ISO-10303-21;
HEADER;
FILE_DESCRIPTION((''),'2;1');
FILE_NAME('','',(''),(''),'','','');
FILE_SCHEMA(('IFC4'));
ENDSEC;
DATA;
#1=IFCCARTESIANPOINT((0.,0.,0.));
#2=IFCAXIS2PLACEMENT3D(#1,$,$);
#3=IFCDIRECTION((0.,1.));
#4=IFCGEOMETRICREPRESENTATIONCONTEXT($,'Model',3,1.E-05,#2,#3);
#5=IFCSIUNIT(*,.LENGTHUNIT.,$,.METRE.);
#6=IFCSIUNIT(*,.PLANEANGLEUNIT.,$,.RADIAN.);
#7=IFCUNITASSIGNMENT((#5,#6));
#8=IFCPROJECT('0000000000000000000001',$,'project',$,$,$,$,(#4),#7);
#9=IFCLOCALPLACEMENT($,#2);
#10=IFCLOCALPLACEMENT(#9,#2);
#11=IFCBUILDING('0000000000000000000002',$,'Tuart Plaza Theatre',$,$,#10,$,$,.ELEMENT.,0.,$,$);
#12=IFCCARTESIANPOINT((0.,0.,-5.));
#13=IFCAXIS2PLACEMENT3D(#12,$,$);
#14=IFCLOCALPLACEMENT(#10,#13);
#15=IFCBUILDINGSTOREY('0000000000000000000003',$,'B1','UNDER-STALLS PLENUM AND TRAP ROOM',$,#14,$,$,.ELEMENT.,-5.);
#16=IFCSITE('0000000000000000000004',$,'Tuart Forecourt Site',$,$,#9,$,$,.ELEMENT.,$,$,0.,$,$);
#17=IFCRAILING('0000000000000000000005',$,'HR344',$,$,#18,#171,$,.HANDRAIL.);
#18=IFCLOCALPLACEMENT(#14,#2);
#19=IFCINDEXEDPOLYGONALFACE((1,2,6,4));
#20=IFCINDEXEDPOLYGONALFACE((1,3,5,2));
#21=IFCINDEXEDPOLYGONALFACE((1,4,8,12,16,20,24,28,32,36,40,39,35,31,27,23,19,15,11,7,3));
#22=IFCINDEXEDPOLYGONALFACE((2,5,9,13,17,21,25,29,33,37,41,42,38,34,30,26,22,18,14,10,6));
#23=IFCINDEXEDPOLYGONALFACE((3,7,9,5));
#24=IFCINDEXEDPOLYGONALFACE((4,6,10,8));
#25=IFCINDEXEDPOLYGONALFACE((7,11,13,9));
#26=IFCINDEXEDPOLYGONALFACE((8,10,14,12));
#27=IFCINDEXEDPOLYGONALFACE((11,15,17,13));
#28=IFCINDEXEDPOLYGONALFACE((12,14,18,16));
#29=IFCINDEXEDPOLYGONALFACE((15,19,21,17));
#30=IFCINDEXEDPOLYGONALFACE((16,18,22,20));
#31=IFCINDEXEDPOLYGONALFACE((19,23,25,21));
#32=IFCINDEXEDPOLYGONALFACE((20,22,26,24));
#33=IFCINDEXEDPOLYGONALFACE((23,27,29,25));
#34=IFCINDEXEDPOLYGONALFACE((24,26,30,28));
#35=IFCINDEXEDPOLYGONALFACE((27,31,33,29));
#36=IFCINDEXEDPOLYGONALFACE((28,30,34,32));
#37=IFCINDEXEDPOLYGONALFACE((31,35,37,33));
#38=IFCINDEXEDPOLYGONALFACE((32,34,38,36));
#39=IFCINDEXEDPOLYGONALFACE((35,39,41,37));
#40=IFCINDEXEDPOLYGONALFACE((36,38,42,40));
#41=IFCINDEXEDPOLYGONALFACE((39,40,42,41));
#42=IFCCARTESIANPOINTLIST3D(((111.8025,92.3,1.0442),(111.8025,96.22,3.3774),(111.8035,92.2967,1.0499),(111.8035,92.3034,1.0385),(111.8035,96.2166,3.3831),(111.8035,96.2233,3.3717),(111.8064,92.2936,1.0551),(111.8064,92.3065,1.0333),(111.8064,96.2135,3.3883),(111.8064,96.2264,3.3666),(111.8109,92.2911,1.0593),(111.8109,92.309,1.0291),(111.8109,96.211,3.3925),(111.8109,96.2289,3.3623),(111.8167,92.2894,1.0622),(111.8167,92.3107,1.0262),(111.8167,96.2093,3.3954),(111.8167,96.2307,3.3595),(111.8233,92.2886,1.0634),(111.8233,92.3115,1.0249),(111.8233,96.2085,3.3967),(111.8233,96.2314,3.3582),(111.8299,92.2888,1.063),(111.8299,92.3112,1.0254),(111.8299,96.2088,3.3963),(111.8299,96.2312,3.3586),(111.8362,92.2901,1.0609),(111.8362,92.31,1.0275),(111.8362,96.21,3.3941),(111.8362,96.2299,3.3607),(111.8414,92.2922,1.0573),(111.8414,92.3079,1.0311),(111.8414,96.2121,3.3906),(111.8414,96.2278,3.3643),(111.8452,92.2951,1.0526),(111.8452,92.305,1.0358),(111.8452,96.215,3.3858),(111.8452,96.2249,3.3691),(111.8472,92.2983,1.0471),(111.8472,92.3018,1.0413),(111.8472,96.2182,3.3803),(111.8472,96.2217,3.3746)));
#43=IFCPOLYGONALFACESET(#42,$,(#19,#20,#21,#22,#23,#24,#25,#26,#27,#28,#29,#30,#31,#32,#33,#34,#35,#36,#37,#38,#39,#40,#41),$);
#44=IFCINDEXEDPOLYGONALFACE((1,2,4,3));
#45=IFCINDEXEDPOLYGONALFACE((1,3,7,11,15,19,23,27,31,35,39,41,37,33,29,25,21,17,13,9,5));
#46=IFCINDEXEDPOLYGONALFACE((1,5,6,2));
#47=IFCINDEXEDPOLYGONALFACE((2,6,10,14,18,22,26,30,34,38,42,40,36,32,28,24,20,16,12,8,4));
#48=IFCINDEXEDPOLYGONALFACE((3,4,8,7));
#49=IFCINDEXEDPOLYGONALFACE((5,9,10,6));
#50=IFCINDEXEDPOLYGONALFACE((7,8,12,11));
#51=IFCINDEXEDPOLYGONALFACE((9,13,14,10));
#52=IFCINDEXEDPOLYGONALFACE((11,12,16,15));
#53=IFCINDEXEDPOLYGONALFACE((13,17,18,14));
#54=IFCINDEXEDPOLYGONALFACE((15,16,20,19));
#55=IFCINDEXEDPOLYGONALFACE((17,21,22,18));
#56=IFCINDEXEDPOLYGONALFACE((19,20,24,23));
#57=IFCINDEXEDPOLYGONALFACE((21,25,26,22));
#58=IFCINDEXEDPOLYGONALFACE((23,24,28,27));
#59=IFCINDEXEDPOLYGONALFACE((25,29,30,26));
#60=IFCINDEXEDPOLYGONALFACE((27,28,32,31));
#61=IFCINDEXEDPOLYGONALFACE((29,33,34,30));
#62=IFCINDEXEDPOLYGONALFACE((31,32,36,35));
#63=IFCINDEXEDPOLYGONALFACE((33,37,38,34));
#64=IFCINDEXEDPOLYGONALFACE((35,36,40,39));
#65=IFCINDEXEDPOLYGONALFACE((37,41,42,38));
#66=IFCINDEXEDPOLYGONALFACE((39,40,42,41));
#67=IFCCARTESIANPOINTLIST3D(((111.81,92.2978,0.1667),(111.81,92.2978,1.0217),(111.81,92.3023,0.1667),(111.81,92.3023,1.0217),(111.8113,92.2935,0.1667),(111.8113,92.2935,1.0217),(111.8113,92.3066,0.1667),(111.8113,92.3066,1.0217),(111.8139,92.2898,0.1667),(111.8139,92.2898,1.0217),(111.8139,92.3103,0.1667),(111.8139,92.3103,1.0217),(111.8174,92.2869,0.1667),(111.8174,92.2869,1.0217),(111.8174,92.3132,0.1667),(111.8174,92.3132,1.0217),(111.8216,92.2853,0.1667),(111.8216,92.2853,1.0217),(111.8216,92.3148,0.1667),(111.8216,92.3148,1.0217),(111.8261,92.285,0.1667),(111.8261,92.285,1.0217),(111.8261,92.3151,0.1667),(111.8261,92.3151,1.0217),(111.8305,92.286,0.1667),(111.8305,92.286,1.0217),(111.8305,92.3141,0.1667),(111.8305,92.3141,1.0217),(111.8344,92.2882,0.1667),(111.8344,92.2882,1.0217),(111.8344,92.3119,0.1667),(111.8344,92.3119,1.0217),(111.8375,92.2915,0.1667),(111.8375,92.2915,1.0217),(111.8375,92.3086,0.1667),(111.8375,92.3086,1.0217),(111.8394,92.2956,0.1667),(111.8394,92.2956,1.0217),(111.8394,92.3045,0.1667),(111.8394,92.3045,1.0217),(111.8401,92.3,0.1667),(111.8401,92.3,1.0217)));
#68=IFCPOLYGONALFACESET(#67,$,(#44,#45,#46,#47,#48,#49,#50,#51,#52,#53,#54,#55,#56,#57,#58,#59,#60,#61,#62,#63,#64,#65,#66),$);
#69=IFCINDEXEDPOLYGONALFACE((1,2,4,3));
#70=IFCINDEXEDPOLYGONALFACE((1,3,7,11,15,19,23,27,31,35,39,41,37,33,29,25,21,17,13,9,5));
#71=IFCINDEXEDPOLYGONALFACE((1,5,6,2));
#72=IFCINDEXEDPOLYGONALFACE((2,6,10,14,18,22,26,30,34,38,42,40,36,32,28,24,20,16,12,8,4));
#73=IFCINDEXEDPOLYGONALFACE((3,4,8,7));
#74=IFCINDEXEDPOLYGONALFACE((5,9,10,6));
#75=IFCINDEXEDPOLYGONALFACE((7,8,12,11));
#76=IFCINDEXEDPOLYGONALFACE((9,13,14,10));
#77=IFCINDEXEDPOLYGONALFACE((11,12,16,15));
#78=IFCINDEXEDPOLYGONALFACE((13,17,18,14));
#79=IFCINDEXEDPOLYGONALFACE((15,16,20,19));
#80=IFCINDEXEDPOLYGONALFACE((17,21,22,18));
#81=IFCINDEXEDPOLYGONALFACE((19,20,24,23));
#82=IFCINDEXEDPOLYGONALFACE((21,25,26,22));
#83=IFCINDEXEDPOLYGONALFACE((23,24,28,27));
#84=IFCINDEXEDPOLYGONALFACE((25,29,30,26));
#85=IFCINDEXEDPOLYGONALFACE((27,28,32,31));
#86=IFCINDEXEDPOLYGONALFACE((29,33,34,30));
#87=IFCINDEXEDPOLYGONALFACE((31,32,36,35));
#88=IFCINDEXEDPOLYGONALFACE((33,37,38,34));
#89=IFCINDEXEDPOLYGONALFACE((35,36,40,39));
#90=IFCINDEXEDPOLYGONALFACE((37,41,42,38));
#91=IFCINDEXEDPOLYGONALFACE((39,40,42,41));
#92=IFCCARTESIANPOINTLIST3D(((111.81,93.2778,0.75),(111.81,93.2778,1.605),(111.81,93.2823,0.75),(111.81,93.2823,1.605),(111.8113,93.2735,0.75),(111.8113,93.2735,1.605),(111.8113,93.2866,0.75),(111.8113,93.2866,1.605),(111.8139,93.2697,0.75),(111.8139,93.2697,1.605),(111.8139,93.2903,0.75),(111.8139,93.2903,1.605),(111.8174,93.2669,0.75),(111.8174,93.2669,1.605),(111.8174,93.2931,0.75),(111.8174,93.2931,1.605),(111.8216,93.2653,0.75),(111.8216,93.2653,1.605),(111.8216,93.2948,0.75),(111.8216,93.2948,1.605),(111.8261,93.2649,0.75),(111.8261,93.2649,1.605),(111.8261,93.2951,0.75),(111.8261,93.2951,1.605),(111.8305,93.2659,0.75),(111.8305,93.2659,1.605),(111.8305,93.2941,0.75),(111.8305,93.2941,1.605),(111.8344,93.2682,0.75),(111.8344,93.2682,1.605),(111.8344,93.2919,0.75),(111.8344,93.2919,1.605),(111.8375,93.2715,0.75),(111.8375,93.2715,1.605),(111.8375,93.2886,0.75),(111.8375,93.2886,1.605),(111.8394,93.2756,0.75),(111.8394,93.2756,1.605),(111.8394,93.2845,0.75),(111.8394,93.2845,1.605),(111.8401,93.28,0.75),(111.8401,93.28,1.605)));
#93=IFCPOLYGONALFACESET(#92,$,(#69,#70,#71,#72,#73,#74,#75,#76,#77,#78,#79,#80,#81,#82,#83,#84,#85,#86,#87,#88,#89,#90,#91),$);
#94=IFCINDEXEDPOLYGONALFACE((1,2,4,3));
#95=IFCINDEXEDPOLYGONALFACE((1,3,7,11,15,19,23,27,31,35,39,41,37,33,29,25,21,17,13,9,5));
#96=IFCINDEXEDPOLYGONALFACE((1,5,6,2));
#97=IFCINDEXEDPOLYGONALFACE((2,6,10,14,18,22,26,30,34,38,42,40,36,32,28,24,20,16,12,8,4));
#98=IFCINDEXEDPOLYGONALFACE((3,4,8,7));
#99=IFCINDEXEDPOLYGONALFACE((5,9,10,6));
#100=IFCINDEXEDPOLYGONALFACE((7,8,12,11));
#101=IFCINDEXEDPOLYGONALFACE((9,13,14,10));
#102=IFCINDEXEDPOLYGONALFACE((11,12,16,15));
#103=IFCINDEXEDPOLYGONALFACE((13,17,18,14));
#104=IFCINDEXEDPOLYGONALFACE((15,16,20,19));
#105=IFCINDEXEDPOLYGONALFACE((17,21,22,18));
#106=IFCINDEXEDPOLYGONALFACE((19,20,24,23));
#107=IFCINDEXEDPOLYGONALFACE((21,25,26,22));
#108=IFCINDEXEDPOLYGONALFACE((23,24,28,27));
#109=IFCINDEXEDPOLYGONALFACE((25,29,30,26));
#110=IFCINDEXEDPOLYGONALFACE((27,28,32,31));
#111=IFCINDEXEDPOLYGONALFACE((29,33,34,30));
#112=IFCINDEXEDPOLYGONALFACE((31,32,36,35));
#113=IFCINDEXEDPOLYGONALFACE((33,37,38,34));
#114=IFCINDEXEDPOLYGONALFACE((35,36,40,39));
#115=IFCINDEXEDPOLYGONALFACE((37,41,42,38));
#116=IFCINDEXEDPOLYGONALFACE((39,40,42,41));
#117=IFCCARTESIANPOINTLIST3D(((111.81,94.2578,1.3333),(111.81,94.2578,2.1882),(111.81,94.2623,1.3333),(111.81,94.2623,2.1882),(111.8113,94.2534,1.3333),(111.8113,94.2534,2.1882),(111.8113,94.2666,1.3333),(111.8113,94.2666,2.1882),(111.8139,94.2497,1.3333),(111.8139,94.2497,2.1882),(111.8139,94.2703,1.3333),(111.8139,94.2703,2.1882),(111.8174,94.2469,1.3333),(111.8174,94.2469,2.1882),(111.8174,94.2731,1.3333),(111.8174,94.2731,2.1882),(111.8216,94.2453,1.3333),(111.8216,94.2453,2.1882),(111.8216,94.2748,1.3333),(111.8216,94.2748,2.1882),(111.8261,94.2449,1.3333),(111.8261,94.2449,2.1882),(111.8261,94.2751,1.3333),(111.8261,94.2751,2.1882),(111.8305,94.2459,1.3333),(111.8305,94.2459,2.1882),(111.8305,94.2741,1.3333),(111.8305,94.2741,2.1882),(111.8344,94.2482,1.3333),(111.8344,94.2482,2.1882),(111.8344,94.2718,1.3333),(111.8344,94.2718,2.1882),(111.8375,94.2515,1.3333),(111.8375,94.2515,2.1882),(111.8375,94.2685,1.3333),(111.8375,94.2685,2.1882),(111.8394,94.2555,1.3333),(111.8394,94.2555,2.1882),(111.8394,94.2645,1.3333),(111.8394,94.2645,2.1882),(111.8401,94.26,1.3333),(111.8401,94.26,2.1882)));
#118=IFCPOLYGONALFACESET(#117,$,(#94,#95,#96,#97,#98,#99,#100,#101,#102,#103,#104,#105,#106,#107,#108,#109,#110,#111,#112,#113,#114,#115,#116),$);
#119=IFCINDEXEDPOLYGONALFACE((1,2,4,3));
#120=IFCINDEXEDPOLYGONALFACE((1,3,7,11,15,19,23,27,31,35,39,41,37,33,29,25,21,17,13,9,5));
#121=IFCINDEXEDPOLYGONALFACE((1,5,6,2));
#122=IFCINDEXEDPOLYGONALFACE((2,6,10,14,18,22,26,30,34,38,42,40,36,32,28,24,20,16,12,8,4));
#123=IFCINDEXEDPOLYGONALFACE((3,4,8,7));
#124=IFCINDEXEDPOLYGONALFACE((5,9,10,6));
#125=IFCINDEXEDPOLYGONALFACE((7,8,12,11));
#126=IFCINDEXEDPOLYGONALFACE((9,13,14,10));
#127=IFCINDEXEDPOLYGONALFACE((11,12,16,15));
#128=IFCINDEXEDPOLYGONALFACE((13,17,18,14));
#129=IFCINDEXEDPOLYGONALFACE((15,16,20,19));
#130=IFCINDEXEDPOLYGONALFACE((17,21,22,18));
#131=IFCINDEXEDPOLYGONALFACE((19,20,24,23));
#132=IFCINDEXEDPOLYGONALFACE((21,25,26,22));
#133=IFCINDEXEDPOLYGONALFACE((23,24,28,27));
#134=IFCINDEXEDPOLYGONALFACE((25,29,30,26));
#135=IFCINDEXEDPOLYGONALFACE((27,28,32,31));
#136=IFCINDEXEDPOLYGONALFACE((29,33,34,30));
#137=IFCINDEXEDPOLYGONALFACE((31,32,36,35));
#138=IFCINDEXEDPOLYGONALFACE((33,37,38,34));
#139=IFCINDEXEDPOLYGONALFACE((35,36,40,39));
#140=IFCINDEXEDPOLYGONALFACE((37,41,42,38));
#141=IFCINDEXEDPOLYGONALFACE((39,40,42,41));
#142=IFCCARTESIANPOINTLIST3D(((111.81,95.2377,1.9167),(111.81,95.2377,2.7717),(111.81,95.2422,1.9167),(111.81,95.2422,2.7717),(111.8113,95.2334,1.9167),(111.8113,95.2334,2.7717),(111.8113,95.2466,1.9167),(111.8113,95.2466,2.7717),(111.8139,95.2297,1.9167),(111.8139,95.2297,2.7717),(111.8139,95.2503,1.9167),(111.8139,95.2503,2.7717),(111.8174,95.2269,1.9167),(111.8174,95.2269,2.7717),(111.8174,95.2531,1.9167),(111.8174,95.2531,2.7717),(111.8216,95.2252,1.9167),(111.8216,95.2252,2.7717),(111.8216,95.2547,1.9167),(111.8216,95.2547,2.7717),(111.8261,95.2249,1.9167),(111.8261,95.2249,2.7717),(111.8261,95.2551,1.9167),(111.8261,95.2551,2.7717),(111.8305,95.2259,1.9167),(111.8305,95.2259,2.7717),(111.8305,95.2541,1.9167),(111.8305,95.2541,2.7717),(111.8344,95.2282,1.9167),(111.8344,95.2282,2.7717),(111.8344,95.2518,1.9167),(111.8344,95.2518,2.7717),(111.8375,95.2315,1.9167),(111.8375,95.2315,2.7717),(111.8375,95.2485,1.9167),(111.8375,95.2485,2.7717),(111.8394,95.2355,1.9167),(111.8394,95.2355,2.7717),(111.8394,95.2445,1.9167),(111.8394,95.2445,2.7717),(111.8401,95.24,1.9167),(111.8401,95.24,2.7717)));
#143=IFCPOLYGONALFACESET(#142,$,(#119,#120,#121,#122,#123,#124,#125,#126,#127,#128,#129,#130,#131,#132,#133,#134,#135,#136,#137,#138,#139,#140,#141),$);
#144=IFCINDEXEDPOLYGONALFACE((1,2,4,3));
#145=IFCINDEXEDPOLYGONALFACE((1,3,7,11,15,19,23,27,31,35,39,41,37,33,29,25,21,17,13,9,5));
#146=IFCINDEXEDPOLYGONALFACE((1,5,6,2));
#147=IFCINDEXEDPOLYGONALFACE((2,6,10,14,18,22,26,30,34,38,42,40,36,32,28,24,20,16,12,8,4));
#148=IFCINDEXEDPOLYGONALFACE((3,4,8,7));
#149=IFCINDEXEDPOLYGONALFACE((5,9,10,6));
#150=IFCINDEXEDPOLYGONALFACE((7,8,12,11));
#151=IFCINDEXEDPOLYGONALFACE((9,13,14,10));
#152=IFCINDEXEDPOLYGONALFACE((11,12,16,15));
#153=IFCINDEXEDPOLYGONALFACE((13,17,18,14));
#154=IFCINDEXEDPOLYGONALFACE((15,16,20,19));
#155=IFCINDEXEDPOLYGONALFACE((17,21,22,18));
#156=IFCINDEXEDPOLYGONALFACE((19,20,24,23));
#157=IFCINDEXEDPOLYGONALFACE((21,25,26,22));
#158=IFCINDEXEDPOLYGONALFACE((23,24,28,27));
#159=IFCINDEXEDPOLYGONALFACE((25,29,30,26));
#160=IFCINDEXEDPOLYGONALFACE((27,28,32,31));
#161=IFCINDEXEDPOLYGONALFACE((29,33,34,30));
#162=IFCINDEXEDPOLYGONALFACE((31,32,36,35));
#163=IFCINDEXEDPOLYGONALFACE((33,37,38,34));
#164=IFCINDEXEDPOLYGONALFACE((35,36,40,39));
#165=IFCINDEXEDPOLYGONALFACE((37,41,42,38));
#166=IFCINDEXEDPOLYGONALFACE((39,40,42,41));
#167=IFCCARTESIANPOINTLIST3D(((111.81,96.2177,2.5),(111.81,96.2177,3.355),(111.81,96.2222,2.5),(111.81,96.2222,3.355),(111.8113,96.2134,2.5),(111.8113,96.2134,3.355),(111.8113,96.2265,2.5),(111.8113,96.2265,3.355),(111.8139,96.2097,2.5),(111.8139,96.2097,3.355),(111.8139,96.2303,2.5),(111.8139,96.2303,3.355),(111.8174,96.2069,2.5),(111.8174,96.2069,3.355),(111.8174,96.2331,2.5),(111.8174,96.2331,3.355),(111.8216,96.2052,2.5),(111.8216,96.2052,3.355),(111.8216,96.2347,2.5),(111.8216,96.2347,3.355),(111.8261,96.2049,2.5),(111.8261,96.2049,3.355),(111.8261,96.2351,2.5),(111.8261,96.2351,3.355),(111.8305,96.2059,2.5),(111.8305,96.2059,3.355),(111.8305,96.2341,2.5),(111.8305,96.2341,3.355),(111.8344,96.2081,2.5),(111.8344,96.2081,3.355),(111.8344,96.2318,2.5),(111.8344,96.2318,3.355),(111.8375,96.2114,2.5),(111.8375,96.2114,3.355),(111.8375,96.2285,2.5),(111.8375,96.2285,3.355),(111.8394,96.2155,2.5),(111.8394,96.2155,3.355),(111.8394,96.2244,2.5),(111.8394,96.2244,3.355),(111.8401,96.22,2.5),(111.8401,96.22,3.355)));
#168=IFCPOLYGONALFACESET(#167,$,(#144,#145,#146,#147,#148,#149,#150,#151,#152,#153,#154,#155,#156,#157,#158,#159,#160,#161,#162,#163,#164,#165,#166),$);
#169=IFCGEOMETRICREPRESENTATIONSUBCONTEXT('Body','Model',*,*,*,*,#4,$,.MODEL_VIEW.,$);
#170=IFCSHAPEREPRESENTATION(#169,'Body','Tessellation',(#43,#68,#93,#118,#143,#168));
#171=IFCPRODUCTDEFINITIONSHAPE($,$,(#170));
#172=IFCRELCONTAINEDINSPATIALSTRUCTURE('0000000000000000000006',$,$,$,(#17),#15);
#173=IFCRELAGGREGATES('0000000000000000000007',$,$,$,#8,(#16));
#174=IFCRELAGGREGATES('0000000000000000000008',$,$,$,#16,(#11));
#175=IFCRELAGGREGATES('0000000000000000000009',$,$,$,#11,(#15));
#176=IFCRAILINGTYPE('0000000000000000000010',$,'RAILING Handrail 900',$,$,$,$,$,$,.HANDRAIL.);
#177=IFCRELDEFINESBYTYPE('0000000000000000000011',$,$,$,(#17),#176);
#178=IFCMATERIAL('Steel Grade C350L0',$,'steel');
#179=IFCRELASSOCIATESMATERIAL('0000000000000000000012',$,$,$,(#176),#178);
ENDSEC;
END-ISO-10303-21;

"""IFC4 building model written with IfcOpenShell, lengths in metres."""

from ifc_helpers import new_model, si_unit, direction, frame, origin, origin_2d, place, context, subcontext, project, spatial, circle, extrude, material, type_object, element, save


model = new_model("IFC4")

# Units and contexts
model_context = context("Model", 3, precision=1e-05, world=origin(), true_north=direction((0.0, 1.0)))
body_context = subcontext(model_context, "Body", "Model", "MODEL_VIEW")
ifc_project = project(units=[si_unit("LENGTHUNIT", "METRE"), si_unit("PLANEANGLEUNIT", "RADIAN")], contexts=[model_context])

# Site, building, storey
site_placement = place(None, origin())
site = spatial("IfcSite", under=ifc_project, at=site_placement, Name="Tuart Forecourt Site", CompositionType="ELEMENT", RefElevation=0.0)
building_placement = place(site_placement, origin())
building = spatial("IfcBuilding", under=site, at=building_placement, Name="Tuart Plaza Theatre", CompositionType="ELEMENT", ElevationOfRefHeight=0.0)
storey_placement = place(building_placement, frame((0.0, 0.0, -5.0)))
storey = spatial("IfcBuildingStorey", under=building, at=storey_placement, Name="B1", Description="UNDER-STALLS PLENUM AND TRAP ROOM", CompositionType="ELEMENT", Elevation=-5.0)

# Railing
ifc_material_1 = material(Name="Steel Grade C350L0", Category="steel")
railing_type_1 = type_object("IfcRailingType", Name="RAILING Handrail 900", PredefinedType="HANDRAIL", material=ifc_material_1)
for number, where, name in (
    (1, (111.825, 92.3, 0.1667), "HR344"),
):
    element("IfcRailing", number, at=place(storey_placement, frame(where)), inside=storey, type_object=railing_type_1, Name=name, PredefinedType="HANDRAIL", context=body_context, shape_type="SweptSolid", body=[
        extrude(circle(Radius=0.0225, at=origin_2d()), frame((0.0, 0.0, 0.8774), z_axis=(0.0, 0.859296, 0.511478), x_axis=(-1.0, 0.0, 0.0)), (0.0, 0.0, 1.0), 4.5618),
        extrude(circle(Radius=0.0151, at=origin_2d()), origin(), (0.0, 0.0, 1.0), 0.855),
        extrude(circle(Radius=0.0151, at=origin_2d()), frame((0.0, 0.98, 0.5833)), (0.0, 0.0, 1.0), 0.855),
        extrude(circle(Radius=0.0151, at=origin_2d()), frame((0.0, 1.96, 1.1665)), (0.0, 0.0, 1.0), 0.855),
        extrude(circle(Radius=0.0151, at=origin_2d()), frame((0.0, 2.9399, 1.75)), (0.0, 0.0, 1.0), 0.855),
        extrude(circle(Radius=0.0151, at=origin_2d()), frame((0.0, 3.9199, 2.3333)), (0.0, 0.0, 1.0), 0.855),
    ])

save(model, "model.ifc")
